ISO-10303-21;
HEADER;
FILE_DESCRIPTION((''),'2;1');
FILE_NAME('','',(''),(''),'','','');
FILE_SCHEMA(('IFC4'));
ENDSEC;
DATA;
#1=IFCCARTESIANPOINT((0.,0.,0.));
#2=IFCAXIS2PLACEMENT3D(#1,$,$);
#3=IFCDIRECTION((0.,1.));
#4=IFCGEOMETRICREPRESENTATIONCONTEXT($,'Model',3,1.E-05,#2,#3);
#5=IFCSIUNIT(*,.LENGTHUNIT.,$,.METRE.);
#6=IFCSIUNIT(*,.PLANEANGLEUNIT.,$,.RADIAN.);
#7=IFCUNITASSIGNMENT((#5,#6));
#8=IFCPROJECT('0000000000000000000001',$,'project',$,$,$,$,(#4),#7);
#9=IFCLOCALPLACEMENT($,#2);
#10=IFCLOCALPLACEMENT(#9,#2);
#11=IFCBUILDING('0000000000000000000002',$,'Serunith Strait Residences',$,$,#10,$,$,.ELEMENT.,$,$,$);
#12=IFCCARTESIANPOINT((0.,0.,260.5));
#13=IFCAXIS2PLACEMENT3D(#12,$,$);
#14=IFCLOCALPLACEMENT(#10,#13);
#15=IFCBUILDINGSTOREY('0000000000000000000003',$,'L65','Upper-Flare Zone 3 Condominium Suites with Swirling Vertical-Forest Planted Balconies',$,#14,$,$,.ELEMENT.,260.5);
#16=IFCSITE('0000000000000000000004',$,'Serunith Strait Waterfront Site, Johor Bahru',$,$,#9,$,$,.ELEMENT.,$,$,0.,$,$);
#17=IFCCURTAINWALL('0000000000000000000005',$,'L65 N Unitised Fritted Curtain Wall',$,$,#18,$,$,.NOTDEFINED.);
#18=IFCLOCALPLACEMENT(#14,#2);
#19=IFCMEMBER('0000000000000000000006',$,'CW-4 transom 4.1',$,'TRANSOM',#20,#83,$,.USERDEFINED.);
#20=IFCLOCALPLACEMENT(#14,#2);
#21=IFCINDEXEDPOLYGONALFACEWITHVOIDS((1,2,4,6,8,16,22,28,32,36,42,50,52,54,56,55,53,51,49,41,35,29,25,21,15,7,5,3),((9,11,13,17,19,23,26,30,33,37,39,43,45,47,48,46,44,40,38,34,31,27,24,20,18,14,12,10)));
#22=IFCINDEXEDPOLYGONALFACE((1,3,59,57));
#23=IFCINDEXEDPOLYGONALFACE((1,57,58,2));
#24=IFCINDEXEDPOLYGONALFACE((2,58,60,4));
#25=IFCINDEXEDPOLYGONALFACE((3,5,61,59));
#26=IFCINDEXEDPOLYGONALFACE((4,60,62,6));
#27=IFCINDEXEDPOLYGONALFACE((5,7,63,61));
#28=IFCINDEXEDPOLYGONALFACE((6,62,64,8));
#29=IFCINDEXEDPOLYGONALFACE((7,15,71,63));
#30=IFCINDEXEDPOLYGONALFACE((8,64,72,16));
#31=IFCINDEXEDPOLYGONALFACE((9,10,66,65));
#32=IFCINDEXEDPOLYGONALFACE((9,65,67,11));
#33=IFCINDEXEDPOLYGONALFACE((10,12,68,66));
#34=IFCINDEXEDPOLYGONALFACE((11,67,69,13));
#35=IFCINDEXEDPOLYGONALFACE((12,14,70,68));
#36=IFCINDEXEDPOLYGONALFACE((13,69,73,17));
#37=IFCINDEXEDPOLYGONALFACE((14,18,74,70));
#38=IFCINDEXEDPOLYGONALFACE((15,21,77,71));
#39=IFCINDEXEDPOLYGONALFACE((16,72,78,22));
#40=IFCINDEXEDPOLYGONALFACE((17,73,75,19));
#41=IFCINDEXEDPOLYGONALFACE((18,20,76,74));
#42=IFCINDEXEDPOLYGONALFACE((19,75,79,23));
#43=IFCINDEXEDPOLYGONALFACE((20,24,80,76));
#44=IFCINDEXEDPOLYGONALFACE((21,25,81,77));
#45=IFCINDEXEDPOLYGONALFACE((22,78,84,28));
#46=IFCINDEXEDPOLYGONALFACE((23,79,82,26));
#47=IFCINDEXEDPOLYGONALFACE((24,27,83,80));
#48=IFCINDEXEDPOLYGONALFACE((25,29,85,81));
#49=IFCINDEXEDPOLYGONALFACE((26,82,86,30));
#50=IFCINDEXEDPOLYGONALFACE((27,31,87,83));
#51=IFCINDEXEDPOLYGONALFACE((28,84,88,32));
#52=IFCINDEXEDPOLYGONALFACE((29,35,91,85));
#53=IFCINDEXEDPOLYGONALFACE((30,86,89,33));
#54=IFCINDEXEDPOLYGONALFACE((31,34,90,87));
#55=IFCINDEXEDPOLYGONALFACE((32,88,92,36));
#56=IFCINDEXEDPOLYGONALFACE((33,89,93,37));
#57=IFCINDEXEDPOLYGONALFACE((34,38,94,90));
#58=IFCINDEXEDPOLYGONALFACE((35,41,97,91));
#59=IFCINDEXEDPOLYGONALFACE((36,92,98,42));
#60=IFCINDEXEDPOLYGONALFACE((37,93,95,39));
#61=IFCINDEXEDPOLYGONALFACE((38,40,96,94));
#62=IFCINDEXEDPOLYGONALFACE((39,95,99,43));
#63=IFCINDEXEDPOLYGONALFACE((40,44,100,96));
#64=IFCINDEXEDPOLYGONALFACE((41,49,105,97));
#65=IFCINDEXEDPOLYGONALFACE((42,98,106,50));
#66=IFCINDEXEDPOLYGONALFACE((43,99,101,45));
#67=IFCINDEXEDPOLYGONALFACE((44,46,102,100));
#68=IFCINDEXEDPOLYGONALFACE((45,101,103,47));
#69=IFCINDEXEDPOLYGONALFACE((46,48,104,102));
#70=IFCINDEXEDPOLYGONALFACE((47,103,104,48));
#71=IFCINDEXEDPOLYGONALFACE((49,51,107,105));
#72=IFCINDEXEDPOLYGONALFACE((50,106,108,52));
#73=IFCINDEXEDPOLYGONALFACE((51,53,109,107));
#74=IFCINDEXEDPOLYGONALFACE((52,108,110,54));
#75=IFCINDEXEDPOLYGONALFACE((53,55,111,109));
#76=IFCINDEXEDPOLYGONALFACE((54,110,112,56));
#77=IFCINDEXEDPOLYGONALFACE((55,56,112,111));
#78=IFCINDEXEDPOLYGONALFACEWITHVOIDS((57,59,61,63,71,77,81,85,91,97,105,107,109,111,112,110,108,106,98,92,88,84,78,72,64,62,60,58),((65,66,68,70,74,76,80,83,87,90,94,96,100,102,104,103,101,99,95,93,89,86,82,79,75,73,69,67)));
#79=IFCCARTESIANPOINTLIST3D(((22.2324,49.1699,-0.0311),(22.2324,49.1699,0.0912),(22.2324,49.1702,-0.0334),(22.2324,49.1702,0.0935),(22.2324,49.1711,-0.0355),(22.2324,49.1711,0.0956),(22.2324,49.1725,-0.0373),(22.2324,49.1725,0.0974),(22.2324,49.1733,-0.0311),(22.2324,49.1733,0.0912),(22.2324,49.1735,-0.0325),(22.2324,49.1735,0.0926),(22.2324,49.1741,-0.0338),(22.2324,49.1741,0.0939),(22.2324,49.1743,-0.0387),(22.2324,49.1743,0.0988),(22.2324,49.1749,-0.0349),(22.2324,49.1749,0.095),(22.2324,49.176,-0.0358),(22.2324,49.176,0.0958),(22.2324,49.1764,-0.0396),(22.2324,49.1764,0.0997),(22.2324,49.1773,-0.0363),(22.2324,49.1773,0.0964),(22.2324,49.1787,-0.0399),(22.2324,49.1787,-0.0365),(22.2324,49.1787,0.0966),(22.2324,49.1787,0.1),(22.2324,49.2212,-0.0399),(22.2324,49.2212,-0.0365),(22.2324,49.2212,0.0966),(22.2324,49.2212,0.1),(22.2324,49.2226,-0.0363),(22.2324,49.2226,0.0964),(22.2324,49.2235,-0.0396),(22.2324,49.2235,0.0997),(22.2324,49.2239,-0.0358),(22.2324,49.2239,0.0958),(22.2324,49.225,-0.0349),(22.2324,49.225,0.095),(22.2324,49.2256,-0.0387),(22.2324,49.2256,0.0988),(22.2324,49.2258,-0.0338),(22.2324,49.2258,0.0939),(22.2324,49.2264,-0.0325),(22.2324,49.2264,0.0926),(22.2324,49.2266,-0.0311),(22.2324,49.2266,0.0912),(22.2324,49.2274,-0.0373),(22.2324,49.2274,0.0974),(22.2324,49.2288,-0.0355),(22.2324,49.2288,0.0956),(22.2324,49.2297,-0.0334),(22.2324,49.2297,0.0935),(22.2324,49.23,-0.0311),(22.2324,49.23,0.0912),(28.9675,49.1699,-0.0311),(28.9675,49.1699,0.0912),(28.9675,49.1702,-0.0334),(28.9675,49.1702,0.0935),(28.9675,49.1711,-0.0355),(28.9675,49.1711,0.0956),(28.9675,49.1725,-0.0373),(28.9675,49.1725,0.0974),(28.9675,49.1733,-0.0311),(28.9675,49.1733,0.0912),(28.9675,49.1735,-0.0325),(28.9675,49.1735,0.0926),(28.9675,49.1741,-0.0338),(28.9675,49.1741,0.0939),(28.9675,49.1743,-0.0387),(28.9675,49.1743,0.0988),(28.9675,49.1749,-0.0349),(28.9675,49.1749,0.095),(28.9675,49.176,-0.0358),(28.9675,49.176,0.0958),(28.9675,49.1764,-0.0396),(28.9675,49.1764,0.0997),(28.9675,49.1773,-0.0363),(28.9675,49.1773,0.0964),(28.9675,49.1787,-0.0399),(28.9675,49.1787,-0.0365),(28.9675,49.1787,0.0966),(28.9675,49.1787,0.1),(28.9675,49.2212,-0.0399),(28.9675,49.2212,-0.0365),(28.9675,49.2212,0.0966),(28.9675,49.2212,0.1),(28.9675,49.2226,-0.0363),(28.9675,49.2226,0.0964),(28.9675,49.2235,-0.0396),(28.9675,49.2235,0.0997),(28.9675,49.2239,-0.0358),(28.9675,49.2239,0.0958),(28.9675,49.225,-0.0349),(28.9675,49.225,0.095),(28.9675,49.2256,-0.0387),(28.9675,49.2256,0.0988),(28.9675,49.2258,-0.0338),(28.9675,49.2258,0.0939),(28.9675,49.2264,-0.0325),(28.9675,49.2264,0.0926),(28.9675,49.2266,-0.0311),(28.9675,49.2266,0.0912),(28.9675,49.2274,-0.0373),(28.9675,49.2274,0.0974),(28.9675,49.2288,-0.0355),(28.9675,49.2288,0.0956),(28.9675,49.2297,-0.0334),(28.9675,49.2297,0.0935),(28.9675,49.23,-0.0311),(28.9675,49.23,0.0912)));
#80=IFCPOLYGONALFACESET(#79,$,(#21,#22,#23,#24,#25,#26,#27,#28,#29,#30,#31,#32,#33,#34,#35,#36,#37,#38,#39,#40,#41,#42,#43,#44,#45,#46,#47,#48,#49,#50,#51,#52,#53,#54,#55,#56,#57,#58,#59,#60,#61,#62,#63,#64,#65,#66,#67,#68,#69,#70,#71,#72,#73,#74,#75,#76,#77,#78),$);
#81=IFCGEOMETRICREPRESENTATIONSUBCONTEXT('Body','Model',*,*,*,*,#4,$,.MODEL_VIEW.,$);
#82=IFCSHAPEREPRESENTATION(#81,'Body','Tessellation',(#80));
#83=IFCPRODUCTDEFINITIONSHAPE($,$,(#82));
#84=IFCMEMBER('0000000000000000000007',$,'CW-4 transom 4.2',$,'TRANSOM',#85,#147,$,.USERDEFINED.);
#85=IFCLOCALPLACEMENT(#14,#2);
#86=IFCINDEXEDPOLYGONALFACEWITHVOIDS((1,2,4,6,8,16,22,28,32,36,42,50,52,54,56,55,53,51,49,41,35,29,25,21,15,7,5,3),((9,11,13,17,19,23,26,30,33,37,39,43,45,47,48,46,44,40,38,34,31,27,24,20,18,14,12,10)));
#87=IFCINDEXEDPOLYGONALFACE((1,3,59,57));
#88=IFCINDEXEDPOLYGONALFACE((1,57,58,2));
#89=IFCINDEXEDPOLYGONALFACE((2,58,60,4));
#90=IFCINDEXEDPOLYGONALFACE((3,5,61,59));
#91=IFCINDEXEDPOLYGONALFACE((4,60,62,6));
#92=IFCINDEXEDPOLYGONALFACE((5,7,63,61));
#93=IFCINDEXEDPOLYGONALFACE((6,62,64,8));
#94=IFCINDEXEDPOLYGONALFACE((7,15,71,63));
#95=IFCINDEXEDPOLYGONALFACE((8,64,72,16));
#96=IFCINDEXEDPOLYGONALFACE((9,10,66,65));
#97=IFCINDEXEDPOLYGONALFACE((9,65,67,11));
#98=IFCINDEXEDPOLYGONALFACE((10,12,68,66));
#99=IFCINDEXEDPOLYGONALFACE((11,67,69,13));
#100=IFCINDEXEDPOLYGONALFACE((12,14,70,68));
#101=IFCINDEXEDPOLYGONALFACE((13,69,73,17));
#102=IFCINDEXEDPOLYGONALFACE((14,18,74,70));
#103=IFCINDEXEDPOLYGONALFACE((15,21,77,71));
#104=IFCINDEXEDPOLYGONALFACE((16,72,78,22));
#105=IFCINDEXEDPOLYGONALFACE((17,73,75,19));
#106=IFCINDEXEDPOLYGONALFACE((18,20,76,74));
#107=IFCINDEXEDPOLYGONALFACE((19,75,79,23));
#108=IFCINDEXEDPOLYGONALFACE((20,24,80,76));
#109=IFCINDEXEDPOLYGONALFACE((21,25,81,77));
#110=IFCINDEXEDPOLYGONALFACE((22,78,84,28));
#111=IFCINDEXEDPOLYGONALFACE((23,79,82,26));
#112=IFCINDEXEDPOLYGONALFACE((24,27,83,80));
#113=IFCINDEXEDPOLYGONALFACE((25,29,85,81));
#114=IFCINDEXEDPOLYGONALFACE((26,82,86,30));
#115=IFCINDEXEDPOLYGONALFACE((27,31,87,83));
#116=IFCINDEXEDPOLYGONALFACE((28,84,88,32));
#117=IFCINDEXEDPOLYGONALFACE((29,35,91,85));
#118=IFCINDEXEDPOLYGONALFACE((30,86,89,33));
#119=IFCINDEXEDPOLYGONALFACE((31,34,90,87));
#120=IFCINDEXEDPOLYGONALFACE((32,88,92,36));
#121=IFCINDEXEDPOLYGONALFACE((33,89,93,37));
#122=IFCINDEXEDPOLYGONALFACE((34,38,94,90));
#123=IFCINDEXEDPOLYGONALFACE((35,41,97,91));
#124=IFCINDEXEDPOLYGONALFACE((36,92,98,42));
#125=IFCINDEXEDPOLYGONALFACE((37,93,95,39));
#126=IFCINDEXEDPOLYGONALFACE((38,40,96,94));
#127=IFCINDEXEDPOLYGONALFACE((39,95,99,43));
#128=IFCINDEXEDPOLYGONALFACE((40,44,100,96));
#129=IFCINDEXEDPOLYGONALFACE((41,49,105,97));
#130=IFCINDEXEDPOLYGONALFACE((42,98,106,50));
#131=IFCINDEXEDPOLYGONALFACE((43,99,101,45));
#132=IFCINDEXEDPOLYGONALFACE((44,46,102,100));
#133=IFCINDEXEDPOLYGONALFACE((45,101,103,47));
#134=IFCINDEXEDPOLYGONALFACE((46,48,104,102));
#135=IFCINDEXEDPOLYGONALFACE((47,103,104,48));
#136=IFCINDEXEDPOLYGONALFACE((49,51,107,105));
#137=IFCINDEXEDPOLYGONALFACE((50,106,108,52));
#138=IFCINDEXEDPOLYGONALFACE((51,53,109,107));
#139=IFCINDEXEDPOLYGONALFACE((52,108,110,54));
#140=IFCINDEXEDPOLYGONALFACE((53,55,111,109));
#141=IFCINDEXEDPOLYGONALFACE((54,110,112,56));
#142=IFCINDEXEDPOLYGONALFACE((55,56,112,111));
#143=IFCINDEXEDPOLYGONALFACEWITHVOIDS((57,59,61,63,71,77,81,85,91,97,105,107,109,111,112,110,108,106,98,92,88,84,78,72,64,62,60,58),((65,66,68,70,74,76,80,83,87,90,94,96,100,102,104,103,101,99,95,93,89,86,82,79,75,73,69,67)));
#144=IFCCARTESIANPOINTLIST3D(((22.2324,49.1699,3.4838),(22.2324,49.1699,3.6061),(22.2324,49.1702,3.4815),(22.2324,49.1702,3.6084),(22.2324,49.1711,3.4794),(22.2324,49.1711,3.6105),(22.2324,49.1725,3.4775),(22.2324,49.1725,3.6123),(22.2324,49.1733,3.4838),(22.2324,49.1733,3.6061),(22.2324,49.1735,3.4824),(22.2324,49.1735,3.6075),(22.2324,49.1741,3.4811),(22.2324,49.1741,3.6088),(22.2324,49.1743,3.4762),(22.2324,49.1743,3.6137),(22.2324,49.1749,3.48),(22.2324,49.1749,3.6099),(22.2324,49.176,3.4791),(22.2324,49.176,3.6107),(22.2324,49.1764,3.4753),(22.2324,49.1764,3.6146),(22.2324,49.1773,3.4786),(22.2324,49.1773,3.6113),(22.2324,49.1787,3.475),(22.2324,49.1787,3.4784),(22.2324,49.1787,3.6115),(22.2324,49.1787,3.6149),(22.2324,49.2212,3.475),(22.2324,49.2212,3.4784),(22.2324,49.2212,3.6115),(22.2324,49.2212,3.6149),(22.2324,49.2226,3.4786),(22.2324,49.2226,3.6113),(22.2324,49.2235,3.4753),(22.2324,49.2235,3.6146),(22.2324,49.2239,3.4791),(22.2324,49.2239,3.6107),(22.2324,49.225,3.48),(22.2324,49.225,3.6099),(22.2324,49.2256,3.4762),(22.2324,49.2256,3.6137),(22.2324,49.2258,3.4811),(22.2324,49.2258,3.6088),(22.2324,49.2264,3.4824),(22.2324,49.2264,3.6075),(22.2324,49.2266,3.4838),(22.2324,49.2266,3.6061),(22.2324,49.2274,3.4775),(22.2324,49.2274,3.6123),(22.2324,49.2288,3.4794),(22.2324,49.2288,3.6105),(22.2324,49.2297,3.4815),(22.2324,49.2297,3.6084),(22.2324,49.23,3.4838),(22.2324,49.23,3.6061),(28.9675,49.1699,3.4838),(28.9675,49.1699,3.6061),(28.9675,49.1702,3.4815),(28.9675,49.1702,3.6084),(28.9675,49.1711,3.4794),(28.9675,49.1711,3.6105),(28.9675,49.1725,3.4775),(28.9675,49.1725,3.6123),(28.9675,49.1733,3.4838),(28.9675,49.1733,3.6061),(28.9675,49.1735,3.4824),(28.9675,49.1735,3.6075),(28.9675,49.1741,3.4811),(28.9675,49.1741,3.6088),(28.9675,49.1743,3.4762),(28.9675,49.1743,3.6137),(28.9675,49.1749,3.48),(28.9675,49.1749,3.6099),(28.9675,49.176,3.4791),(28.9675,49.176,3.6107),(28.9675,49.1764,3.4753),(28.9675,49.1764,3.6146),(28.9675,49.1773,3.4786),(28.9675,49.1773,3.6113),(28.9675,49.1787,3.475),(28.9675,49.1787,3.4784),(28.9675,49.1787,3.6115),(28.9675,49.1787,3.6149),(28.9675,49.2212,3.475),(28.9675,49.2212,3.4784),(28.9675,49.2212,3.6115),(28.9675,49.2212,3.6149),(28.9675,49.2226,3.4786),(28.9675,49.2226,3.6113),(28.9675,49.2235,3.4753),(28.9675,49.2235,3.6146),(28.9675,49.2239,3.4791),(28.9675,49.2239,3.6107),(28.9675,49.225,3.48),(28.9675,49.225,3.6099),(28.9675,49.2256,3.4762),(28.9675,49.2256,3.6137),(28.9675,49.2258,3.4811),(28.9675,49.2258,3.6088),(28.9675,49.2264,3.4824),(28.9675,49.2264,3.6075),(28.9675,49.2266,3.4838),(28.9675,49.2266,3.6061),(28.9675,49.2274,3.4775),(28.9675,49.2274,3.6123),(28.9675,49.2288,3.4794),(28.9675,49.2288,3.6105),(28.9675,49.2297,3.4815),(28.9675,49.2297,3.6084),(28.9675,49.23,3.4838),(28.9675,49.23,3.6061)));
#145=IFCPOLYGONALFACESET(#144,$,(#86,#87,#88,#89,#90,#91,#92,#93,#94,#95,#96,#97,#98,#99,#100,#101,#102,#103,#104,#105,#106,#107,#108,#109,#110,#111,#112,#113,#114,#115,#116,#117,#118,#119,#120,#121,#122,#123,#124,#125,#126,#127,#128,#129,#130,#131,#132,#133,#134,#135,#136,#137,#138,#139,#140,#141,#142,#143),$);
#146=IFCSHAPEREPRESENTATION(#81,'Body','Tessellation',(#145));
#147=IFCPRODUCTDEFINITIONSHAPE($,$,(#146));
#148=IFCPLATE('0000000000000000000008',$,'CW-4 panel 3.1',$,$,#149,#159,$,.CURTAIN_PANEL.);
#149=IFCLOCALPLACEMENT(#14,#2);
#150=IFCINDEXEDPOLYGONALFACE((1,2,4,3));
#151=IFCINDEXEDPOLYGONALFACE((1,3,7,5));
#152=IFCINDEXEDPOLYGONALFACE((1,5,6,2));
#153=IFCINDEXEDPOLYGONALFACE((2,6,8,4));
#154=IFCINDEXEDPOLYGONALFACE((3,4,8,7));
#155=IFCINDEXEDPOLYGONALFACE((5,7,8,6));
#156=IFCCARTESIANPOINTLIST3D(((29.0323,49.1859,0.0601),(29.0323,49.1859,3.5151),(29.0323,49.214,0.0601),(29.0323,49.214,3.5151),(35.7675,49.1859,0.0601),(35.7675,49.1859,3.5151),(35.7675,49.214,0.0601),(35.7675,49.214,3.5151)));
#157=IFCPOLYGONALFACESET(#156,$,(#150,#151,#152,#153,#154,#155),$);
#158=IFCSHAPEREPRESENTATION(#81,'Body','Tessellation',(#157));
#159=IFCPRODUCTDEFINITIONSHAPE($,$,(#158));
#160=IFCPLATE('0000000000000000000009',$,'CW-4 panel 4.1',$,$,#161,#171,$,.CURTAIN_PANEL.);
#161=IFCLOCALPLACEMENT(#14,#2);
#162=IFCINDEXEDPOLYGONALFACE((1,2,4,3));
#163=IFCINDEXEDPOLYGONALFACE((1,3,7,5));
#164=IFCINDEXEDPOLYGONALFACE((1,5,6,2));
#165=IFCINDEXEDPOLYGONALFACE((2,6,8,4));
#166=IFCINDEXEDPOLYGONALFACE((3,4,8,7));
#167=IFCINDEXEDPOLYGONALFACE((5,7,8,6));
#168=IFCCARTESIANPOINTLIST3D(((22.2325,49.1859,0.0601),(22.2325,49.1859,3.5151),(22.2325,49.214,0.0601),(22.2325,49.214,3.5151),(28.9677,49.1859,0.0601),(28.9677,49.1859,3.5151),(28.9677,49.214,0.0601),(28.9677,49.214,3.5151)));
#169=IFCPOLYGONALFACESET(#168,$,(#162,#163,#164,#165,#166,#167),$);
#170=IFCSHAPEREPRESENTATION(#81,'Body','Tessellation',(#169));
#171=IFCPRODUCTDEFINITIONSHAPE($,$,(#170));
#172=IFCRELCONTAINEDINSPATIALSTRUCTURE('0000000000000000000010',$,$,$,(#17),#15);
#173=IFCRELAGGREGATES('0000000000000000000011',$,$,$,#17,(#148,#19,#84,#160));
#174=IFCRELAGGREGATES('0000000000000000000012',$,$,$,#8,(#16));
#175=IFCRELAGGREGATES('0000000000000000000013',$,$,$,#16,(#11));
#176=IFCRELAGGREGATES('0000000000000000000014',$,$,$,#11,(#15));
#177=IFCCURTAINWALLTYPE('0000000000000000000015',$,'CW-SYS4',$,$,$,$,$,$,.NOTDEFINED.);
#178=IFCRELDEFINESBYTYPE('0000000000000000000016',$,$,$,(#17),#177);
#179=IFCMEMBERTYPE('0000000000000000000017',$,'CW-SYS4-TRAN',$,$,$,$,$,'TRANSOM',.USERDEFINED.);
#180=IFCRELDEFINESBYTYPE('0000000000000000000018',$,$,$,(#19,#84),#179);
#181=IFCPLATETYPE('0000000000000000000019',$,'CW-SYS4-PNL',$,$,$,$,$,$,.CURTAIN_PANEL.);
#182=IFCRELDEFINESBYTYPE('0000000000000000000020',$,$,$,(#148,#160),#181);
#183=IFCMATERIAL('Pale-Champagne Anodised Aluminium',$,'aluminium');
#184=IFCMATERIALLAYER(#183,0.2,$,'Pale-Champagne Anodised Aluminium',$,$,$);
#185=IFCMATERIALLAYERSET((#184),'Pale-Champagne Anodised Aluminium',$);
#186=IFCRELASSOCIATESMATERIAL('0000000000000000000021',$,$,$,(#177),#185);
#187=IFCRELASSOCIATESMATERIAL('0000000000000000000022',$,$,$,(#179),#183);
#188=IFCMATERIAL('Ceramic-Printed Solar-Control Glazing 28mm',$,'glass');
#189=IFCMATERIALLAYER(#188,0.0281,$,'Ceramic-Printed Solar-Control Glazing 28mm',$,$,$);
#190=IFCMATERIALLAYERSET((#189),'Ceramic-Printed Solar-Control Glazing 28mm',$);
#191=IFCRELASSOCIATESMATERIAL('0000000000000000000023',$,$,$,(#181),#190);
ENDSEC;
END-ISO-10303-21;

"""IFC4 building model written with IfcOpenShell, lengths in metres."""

from ifc_helpers import new_model, si_unit, direction, frame, origin, origin_2d, place, context, subcontext, project, spatial, rectangle, hollow_rectangle, extrude, source, transform, mapped, material, layer, layer_set, material_profile, profile_set, type_object, element, aggregate, save


model = new_model("IFC4")

# Units and contexts
model_context = context("Model", 3, precision=1e-05, world=origin(), true_north=direction((0.0, 1.0)))
body_context = subcontext(model_context, "Body", "Model", "MODEL_VIEW")
ifc_project = project(units=[si_unit("LENGTHUNIT", "METRE"), si_unit("PLANEANGLEUNIT", "RADIAN")], contexts=[model_context])

# Site, building, storey
site_placement = place(None, origin())
site = spatial("IfcSite", under=ifc_project, at=site_placement, Name="Serunith Strait Waterfront Site, Johor Bahru", CompositionType="ELEMENT", RefElevation=0.0)
building_placement = place(site_placement, origin())
building = spatial("IfcBuilding", under=site, at=building_placement, Name="Serunith Strait Residences", CompositionType="ELEMENT")
storey_placement = place(building_placement, frame((0.0, 0.0, 260.5)))
storey = spatial("IfcBuildingStorey", under=building, at=storey_placement, Name="L65", Description="Upper-Flare Zone 3 Condominium Suites with Swirling Vertical-Forest Planted Balconies", CompositionType="ELEMENT", Elevation=260.5)

# Curtain wall, members, plates
ifc_material_1 = material(Name="Pale-Champagne Anodised Aluminium", Category="aluminium")
ifc_layer_1 = layer(ifc_material_1, 0.2, Name="Pale-Champagne Anodised Aluminium")
ifc_layer_set_1 = layer_set([ifc_layer_1], Name="Pale-Champagne Anodised Aluminium")
curtain_wall_type = type_object("IfcCurtainWallType", Name="CW-SYS4", PredefinedType="NOTDEFINED", material=ifc_layer_set_1)
curtain_wall_placement = place(storey_placement, origin())
curtain_wall = element("IfcCurtainWall", 1, at=curtain_wall_placement, inside=storey, type_object=curtain_wall_type, Name="L65 N Unitised Fritted Curtain Wall", PredefinedType="NOTDEFINED")
ifc_material_profile_1 = material_profile(ifc_material_1, hollow_rectangle(XDim=0.0601, YDim=0.1399, WallThickness=0.0034, InnerFilletRadius=0.0054, OuterFilletRadius=0.0088, at=origin_2d()), Name="ALU 140x60x3.5")
ifc_profile_set_1 = profile_set([ifc_material_profile_1], Name="Pale-Champagne Anodised Aluminium")
member_type_1 = type_object("IfcMemberType", Name="CW-SYS4-TRAN", ElementType="TRANSOM", PredefinedType="USERDEFINED", material=ifc_profile_set_1)
shared_shape_1 = source(origin(), body_context, "Body", "SweptSolid", [
    extrude(hollow_rectangle(XDim=0.0601, YDim=0.1399, WallThickness=0.0034, InnerFilletRadius=0.0054, OuterFilletRadius=0.0088, at=origin_2d()), origin(), (0.0, 0.0, 1.0), 6.7351),
])
member_1_placement = place(storey_placement, frame((28.9675, 49.2, 0.03), z_axis=(-1.0, 0.0, 0.0), x_axis=(0.0, -1.0, 0.0)))
member_1 = element("IfcMember", 2, at=member_1_placement, type_object=member_type_1, Name="CW-4 transom 4.1", ObjectType="TRANSOM", PredefinedType="USERDEFINED", context=body_context, shape_type="MappedRepresentation", body=[
    mapped(shared_shape_1, transform((0.0, 0.0, 0.0), scale=1.0)),
])
member_2_placement = place(storey_placement, frame((28.9675, 49.2, 3.5449), z_axis=(-1.0, 0.0, 0.0), x_axis=(0.0, -1.0, 0.0)))
member_2 = element("IfcMember", 3, at=member_2_placement, type_object=member_type_1, Name="CW-4 transom 4.2", ObjectType="TRANSOM", PredefinedType="USERDEFINED", context=body_context, shape_type="MappedRepresentation", body=[
    mapped(shared_shape_1, transform((0.0, 0.0, 0.0), scale=1.0)),
])
ifc_material_2 = material(Name="Ceramic-Printed Solar-Control Glazing 28mm", Category="glass")
ifc_layer_2 = layer(ifc_material_2, 0.0281, Name="Ceramic-Printed Solar-Control Glazing 28mm")
ifc_layer_set_2 = layer_set([ifc_layer_2], Name="Ceramic-Printed Solar-Control Glazing 28mm")
plate_type = type_object("IfcPlateType", Name="CW-SYS4-PNL", PredefinedType="CURTAIN_PANEL", material=ifc_layer_set_2)
shared_shape_2 = source(origin(), body_context, "Body", "SweptSolid", [
    extrude(rectangle(XDim=6.7351, YDim=0.0281, at=origin_2d()), origin(), (0.0, 0.0, 1.0), 3.4551),
])
plate_1_placement = place(storey_placement, frame((32.3999, 49.2, 0.0601), z_axis=(0.0, 0.0, 1.0), x_axis=(-1.0, 0.0, 0.0)))
plate_1 = element("IfcPlate", 4, at=plate_1_placement, type_object=plate_type, Name="CW-4 panel 3.1", PredefinedType="CURTAIN_PANEL", context=body_context, shape_type="MappedRepresentation", body=[
    mapped(shared_shape_2, transform((0.0, 0.0, 0.0), scale=1.0)),
])
plate_2_placement = place(storey_placement, frame((25.6001, 49.2, 0.0601), z_axis=(0.0, 0.0, 1.0), x_axis=(-1.0, 0.0, 0.0)))
plate_2 = element("IfcPlate", 5, at=plate_2_placement, type_object=plate_type, Name="CW-4 panel 4.1", PredefinedType="CURTAIN_PANEL", context=body_context, shape_type="MappedRepresentation", body=[
    mapped(shared_shape_2, transform((0.0, 0.0, 0.0), scale=1.0)),
])
aggregate(curtain_wall, [plate_1, member_1, member_2, plate_2])

save(model, "model.ifc")
